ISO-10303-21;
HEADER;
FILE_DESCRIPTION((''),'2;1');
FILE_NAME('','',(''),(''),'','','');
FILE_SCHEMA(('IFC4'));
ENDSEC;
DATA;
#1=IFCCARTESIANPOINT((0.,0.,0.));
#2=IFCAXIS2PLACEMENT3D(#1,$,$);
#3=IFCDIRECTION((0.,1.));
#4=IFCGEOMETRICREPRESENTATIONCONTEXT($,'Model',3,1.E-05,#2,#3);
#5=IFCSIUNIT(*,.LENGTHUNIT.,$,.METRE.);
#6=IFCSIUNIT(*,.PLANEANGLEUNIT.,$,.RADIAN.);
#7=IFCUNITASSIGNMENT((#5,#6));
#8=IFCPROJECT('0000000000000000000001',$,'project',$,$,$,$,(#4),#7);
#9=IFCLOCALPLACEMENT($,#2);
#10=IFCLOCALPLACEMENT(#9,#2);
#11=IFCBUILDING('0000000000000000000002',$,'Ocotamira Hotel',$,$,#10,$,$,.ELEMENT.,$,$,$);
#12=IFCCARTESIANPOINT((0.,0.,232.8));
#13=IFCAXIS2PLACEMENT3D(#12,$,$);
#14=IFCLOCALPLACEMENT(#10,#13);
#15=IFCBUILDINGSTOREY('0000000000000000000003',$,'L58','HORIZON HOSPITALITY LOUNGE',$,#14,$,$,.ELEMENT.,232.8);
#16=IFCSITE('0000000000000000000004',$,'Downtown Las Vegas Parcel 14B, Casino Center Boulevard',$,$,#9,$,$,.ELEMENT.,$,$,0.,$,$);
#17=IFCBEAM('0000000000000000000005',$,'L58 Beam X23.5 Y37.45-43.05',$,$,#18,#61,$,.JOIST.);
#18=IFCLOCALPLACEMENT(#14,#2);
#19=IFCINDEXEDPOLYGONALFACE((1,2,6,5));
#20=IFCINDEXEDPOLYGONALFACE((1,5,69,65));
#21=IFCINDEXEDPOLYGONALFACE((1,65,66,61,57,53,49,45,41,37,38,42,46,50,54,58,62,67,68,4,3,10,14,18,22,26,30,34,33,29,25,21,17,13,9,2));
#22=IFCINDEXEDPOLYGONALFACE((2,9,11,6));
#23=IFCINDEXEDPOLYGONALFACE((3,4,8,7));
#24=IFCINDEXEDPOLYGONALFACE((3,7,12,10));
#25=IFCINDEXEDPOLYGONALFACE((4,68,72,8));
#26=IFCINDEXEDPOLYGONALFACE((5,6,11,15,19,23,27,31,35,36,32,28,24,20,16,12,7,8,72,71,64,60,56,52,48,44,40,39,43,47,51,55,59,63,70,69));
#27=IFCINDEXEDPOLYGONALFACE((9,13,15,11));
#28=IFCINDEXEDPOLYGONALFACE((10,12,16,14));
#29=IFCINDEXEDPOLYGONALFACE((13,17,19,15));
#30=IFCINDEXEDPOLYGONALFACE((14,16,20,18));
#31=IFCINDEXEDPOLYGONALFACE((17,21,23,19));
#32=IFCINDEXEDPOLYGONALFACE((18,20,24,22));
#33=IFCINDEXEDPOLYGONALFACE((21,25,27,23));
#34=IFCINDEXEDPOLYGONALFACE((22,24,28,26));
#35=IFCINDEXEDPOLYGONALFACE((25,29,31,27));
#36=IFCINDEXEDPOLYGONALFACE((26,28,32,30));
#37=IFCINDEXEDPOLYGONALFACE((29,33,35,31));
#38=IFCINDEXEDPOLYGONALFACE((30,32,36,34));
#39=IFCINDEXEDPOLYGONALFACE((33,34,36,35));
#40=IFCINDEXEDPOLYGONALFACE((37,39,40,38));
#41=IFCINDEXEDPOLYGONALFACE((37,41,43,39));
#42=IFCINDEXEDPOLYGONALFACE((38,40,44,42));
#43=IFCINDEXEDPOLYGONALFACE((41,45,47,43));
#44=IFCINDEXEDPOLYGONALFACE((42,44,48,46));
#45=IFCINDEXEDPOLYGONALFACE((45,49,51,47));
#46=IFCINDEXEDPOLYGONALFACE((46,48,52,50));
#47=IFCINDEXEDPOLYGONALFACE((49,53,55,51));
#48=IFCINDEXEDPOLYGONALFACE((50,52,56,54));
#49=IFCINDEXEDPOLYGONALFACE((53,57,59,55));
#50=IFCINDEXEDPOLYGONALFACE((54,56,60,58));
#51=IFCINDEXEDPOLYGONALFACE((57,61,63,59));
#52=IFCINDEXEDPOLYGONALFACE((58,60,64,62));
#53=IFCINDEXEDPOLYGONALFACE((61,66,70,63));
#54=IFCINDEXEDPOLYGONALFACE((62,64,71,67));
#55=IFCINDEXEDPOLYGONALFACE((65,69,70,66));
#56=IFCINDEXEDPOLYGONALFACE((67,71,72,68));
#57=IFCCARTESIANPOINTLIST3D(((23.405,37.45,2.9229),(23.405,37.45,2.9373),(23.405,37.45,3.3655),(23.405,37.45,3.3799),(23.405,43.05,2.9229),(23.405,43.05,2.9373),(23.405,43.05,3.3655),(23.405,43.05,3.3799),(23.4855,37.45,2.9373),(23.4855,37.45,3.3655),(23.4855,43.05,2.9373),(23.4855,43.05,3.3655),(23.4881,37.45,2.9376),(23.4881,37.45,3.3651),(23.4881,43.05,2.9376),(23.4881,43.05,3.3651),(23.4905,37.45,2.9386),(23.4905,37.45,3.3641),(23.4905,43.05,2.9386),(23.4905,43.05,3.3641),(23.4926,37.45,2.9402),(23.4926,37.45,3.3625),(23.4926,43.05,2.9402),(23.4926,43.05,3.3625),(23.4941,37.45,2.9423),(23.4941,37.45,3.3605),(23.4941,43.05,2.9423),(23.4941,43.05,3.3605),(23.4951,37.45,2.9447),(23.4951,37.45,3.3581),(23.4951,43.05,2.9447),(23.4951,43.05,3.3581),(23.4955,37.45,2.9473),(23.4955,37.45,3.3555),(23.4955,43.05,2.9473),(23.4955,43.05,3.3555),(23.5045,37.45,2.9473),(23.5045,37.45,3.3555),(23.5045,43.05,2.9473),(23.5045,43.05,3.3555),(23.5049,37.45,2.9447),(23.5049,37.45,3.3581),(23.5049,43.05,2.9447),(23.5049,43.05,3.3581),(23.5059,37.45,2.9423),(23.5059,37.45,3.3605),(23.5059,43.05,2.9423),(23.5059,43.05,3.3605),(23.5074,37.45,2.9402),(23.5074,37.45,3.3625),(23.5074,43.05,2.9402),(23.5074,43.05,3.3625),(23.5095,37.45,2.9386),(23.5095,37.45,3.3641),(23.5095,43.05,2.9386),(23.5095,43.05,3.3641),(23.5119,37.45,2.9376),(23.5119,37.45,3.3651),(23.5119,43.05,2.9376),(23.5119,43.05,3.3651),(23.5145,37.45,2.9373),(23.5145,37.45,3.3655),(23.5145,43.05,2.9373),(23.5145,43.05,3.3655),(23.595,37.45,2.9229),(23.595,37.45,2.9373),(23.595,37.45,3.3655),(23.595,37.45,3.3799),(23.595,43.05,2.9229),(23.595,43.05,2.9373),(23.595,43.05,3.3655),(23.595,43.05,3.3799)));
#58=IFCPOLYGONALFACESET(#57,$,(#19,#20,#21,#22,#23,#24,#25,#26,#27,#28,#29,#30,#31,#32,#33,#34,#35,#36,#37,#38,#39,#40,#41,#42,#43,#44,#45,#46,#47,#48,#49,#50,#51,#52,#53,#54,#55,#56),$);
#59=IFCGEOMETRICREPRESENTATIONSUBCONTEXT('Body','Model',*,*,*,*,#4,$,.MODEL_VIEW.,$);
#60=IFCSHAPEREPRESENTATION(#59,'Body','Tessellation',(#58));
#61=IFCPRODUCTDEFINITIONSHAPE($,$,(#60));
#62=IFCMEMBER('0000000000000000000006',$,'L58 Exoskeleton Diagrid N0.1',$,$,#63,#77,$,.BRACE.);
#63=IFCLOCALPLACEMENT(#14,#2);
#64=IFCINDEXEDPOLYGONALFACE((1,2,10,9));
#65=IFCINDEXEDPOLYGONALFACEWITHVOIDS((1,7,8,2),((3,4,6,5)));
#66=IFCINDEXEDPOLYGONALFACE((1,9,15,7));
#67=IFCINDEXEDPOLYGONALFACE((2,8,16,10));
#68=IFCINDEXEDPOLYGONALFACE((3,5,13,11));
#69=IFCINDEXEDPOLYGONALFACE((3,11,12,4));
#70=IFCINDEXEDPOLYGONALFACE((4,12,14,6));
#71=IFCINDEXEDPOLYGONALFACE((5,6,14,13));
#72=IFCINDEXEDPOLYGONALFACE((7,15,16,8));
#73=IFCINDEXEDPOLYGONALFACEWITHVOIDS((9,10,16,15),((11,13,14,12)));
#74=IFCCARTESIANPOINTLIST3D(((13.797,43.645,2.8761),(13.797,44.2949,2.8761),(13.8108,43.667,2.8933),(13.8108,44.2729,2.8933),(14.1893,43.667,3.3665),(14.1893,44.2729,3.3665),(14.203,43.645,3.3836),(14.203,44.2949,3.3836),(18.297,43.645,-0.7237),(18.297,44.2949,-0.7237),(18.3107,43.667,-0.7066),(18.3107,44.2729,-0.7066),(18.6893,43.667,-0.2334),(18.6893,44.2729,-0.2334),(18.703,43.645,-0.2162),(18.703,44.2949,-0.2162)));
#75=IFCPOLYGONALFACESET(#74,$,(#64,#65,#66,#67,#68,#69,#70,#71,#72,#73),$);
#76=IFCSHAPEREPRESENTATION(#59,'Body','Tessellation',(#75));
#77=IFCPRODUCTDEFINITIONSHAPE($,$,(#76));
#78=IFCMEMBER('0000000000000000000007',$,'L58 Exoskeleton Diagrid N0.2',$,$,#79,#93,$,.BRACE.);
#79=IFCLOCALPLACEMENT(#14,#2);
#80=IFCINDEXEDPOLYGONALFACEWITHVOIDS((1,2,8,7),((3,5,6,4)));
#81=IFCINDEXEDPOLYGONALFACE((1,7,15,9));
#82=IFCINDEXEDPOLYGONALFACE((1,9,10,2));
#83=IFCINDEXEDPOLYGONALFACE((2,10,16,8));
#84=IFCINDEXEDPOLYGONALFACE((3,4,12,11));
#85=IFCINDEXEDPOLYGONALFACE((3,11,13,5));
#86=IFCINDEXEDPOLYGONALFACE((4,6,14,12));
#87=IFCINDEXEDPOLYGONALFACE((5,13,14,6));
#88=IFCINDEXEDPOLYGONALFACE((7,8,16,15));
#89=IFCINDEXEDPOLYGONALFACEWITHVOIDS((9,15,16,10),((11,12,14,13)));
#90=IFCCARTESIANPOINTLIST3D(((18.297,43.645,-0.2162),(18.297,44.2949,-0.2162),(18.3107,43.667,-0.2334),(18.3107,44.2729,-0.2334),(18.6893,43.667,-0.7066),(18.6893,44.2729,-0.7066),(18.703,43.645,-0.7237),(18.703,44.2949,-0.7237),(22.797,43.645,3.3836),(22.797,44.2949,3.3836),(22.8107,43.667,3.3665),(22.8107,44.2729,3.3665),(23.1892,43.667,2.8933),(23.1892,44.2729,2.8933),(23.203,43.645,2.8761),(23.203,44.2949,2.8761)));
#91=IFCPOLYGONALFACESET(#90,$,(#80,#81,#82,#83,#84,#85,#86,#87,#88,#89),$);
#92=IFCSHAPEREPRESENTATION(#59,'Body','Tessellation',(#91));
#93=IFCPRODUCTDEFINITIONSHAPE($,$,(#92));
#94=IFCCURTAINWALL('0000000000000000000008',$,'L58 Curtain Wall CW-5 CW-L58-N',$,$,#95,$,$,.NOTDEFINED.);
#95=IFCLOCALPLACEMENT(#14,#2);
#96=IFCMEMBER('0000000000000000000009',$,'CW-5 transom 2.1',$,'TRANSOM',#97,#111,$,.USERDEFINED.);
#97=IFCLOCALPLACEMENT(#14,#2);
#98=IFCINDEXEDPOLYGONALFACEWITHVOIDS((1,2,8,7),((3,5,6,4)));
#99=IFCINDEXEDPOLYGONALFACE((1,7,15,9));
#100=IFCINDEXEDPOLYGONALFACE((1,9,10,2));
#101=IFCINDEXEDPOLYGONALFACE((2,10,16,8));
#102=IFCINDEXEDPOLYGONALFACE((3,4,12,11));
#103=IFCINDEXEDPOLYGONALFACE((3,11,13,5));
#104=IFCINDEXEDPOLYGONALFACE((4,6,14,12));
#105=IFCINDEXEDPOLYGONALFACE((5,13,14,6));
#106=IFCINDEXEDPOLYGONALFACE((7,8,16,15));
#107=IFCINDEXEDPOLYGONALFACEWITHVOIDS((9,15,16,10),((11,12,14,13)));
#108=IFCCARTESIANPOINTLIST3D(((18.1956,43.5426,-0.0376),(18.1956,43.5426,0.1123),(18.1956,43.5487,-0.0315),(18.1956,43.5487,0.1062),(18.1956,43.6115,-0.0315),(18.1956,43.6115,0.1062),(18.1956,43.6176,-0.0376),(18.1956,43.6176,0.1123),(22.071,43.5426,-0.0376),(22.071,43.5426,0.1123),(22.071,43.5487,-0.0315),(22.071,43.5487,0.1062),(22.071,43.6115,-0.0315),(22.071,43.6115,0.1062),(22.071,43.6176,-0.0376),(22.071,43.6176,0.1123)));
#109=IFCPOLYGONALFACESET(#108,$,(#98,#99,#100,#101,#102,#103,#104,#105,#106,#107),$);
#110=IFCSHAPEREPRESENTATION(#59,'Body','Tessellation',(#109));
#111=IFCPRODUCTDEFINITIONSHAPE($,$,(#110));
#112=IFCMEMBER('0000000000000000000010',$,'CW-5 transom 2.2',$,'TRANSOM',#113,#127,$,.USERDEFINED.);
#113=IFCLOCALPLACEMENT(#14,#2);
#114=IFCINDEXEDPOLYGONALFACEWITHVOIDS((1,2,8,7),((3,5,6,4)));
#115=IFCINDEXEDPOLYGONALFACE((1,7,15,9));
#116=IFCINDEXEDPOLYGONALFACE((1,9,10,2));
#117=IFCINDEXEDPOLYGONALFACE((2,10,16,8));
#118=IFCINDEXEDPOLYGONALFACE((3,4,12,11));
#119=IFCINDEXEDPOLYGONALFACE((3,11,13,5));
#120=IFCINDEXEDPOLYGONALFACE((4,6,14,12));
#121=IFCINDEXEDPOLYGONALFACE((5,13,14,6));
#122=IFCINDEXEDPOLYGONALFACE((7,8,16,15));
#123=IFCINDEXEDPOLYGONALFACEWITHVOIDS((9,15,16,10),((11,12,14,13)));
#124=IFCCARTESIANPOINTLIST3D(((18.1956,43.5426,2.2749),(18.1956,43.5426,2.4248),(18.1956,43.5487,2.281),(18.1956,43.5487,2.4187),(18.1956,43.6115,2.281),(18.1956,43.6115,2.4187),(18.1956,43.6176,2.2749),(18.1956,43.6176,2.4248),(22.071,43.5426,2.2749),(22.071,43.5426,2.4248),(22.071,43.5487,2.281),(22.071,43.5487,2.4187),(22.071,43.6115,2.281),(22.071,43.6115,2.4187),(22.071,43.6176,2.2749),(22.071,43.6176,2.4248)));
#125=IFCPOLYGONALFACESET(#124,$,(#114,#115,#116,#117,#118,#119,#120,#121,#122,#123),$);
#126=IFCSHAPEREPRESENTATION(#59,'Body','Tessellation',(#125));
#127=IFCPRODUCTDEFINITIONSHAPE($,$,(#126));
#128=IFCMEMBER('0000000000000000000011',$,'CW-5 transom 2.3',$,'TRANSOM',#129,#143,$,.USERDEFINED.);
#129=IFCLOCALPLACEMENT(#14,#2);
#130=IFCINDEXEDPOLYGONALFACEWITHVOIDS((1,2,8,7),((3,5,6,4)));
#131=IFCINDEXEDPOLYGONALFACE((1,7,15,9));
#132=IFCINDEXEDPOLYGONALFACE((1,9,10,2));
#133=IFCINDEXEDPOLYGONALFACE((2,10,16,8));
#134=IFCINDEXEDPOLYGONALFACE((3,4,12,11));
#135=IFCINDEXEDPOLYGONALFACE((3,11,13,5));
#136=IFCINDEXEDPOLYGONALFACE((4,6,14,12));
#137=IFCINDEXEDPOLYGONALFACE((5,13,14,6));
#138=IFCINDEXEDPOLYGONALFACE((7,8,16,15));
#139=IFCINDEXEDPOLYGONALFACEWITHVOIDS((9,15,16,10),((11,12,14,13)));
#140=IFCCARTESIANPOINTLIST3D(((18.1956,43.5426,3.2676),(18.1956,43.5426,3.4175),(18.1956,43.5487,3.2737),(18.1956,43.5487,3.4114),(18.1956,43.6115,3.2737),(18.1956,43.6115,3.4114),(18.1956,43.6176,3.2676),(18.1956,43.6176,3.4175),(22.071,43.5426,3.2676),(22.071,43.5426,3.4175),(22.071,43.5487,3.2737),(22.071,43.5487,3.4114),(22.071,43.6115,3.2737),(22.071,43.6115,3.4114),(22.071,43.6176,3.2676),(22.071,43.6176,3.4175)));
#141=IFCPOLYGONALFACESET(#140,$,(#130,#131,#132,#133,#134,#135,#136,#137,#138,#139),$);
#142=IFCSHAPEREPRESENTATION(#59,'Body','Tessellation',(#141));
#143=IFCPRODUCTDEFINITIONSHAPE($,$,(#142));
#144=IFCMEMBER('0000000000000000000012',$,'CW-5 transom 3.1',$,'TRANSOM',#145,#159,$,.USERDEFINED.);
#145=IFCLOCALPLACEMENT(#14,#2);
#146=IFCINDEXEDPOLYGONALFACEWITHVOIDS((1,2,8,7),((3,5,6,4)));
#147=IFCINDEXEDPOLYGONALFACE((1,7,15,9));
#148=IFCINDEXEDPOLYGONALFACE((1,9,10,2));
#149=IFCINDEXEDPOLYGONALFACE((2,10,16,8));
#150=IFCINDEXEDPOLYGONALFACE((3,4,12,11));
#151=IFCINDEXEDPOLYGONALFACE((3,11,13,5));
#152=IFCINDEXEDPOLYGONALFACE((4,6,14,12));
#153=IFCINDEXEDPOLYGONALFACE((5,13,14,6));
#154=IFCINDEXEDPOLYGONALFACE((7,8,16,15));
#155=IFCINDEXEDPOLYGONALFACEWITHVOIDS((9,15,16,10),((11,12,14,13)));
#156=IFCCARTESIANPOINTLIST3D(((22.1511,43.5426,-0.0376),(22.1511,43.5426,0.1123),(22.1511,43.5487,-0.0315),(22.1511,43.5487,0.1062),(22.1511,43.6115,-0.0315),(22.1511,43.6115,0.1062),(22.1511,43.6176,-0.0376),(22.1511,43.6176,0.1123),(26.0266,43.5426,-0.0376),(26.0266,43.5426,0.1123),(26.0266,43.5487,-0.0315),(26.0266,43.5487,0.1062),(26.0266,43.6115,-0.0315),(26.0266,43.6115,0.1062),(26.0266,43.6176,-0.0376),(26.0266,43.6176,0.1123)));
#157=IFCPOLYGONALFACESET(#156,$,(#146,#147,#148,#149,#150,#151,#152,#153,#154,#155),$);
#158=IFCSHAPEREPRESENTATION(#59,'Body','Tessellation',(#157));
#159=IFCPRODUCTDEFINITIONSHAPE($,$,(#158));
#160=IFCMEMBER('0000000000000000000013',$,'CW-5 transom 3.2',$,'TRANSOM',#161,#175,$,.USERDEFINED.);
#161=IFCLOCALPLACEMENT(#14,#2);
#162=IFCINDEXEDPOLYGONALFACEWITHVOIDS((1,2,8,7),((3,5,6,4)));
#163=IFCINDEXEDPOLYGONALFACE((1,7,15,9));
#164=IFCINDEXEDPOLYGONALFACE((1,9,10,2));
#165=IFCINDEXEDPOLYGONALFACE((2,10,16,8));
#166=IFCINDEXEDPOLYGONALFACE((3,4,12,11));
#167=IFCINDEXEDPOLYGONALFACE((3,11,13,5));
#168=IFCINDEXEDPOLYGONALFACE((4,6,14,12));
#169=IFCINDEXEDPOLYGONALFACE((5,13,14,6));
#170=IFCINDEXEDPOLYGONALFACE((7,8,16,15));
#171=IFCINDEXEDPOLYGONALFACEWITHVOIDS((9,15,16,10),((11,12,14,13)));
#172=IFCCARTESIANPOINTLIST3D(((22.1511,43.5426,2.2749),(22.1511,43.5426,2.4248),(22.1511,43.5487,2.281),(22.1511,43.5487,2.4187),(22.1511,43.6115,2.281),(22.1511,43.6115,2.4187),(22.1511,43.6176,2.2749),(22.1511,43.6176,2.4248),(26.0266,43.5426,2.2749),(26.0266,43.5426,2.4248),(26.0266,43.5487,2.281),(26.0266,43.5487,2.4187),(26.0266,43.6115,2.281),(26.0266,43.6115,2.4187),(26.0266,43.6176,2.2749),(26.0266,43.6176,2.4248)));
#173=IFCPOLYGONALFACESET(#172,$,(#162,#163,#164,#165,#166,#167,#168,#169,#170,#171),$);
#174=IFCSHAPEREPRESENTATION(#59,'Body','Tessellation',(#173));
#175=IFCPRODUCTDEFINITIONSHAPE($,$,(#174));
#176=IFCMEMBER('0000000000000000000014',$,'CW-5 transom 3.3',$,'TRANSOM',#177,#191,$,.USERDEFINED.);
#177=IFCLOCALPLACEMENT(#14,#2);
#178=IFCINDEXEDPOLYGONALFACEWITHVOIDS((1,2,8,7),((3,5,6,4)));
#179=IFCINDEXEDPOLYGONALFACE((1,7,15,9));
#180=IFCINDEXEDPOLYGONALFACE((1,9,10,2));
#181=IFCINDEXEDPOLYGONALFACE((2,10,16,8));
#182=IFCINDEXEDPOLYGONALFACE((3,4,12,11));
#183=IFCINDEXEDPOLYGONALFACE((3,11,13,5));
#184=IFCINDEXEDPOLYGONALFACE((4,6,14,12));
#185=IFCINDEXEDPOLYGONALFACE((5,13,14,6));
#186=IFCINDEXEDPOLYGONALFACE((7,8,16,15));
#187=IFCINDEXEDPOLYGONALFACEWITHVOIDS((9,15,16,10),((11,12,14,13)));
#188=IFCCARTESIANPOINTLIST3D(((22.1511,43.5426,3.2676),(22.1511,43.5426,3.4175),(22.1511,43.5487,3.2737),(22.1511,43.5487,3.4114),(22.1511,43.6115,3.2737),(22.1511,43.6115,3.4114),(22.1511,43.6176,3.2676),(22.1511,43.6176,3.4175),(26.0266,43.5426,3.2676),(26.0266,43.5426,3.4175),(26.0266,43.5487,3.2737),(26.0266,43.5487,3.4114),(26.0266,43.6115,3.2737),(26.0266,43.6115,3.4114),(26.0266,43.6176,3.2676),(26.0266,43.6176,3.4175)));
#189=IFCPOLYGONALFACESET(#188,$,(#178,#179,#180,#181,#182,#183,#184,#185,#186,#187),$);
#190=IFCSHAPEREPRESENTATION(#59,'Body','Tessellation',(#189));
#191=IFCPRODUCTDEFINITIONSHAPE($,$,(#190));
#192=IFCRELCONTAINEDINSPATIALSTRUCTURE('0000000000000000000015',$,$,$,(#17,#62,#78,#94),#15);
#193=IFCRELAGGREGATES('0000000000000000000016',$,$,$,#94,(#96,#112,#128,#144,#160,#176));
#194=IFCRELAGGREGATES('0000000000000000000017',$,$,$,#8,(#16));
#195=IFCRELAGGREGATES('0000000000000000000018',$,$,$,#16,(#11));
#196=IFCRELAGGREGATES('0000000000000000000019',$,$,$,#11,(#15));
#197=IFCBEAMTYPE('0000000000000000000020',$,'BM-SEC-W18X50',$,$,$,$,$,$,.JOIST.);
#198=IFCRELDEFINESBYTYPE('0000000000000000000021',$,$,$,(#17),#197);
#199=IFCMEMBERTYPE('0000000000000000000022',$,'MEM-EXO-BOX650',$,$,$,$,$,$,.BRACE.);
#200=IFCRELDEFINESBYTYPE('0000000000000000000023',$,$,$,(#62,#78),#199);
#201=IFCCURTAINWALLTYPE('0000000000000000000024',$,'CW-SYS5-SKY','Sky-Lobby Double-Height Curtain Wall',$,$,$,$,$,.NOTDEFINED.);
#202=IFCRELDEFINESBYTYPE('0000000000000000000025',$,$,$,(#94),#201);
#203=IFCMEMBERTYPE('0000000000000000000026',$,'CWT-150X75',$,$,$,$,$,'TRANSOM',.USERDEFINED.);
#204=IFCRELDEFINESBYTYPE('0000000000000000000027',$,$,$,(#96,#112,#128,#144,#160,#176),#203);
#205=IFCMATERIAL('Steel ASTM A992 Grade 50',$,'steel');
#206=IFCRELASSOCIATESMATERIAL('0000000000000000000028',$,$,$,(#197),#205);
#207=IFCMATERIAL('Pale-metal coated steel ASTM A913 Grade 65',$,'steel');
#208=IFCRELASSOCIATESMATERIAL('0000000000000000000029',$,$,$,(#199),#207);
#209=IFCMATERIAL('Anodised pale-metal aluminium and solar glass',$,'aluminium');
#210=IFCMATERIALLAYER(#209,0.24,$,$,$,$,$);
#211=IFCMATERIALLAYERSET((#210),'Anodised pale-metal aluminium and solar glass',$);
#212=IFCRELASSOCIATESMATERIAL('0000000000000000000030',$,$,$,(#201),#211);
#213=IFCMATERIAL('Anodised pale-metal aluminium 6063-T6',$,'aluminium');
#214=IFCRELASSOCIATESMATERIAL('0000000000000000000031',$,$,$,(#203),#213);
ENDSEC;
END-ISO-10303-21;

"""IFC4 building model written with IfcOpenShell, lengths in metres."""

from ifc_helpers import new_model, si_unit, direction, frame, origin, origin_2d, place, context, subcontext, project, spatial, hollow_rectangle, i_section, extrude, source, transform, mapped, material, layer, layer_set, material_profile, profile_set, type_object, element, aggregate, save


model = new_model("IFC4")

# Units and contexts
model_context = context("Model", 3, precision=1e-05, world=origin(), true_north=direction((0.0, 1.0)))
body_context = subcontext(model_context, "Body", "Model", "MODEL_VIEW")
ifc_project = project(units=[si_unit("LENGTHUNIT", "METRE"), si_unit("PLANEANGLEUNIT", "RADIAN")], contexts=[model_context])

# Site, building, storey
site_placement = place(None, origin())
site = spatial("IfcSite", under=ifc_project, at=site_placement, Name="Downtown Las Vegas Parcel 14B, Casino Center Boulevard", CompositionType="ELEMENT", RefElevation=0.0)
building_placement = place(site_placement, origin())
building = spatial("IfcBuilding", under=site, at=building_placement, Name="Ocotamira Hotel", CompositionType="ELEMENT")
storey_placement = place(building_placement, frame((0.0, 0.0, 232.8)))
storey = spatial("IfcBuildingStorey", under=building, at=storey_placement, Name="L58", Description="HORIZON HOSPITALITY LOUNGE", CompositionType="ELEMENT", Elevation=232.8)

# Shared definitions
ifc_material_1 = material(Name="Steel ASTM A992 Grade 50", Category="steel")

# Beam
ifc_material_profile_1 = material_profile(ifc_material_1, i_section(OverallWidth=0.1899, OverallDepth=0.457, WebThickness=0.009, FlangeThickness=0.0144, FilletRadius=0.01, at=origin_2d()), Name="W18X50")
ifc_profile_set_1 = profile_set([ifc_material_profile_1], Name="Steel ASTM A992 Grade 50")
beam_type_1 = type_object("IfcBeamType", Name="BM-SEC-W18X50", PredefinedType="JOIST", material=ifc_profile_set_1)
shared_shape_1 = source(origin(), body_context, "Body", "SweptSolid", [
    extrude(i_section(OverallWidth=0.1899, OverallDepth=0.457, WebThickness=0.009, FlangeThickness=0.0144, FilletRadius=0.01, at=origin_2d()), origin(), (0.0, 0.0, 1.0), 5.6001),
])
beam_1_placement = place(storey_placement, frame((23.5, 37.45, 3.1514), z_axis=(0.0, 1.0, 0.0), x_axis=(-1.0, 0.0, 0.0)))
element("IfcBeam", 1, at=beam_1_placement, inside=storey, type_object=beam_type_1, Name="L58 Beam X23.5 Y37.45-43.05", PredefinedType="JOIST", context=body_context, shape_type="MappedRepresentation", body=[
    mapped(shared_shape_1, transform((0.0, 0.0, 0.0), scale=1.0)),
])

# Members
ifc_material_2 = material(Name="Pale-metal coated steel ASTM A913 Grade 65", Category="steel")
ifc_material_profile_2 = material_profile(ifc_material_2, hollow_rectangle(XDim=0.6499, YDim=0.6499, WallThickness=0.022, at=origin_2d()), Name="BOX650X650X22")
ifc_profile_set_2 = profile_set([ifc_material_profile_2], Name="Pale-metal coated steel ASTM A913 Grade 65")
member_type_1 = type_object("IfcMemberType", Name="MEM-EXO-BOX650", PredefinedType="BRACE", material=ifc_profile_set_2)
shared_shape_2 = source(origin(), body_context, "Body", "SweptSolid", [
    extrude(hollow_rectangle(XDim=0.6499, YDim=0.6499, WallThickness=0.022, at=origin_2d()), origin(), (0.0, 0.0, 1.0), 5.7627),
])
for number, where, z_axis, x_axis, name in (
    (2, (18.5, 43.97, -0.47), (-0.780881, 0.0, 0.62468), (0.0, -1.0, 0.0), "L58 Exoskeleton Diagrid N0.1"),
    (3, (18.5, 43.97, -0.47), (0.780881, 0.0, 0.62468), (0.0, 1.0, 0.0), "L58 Exoskeleton Diagrid N0.2"),
):
    element("IfcMember", number, at=place(storey_placement, frame(where, z_axis=z_axis, x_axis=x_axis)), inside=storey, type_object=member_type_1, Name=name, PredefinedType="BRACE", context=body_context, shape_type="MappedRepresentation", body=[
        mapped(shared_shape_2, transform((0.0, 0.0, 0.0), scale=1.0)),
    ])

# Curtain wall, members
ifc_material_3 = material(Name="Anodised pale-metal aluminium and solar glass", Category="aluminium")
ifc_layer_1 = layer(ifc_material_3, 0.24)
ifc_layer_set_1 = layer_set([ifc_layer_1], Name="Anodised pale-metal aluminium and solar glass")
curtain_wall_type = type_object("IfcCurtainWallType", Name="CW-SYS5-SKY", Description="Sky-Lobby Double-Height Curtain Wall", PredefinedType="NOTDEFINED", material=ifc_layer_set_1)
curtain_wall_placement = place(storey_placement, origin())
curtain_wall = element("IfcCurtainWall", 4, at=curtain_wall_placement, inside=storey, type_object=curtain_wall_type, Name="L58 Curtain Wall CW-5 CW-L58-N", PredefinedType="NOTDEFINED")
ifc_material_4 = material(Name="Anodised pale-metal aluminium 6063-T6", Category="aluminium")
ifc_material_profile_3 = material_profile(ifc_material_4, hollow_rectangle(XDim=0.075, YDim=0.1499, WallThickness=0.0061, at=origin_2d()), Name="HSS150X75X6")
ifc_profile_set_3 = profile_set([ifc_material_profile_3], Name="Anodised pale-metal aluminium 6063-T6")
member_type_2 = type_object("IfcMemberType", Name="CWT-150X75", ElementType="TRANSOM", PredefinedType="USERDEFINED", material=ifc_profile_set_3)
shared_shape_3 = source(origin(), body_context, "Body", "SweptSolid", [
    extrude(hollow_rectangle(XDim=0.075, YDim=0.1499, WallThickness=0.0061, at=origin_2d()), origin(), (0.0, 0.0, 1.0), 3.8755),
])
member_1_placement = place(storey_placement, frame((18.1956, 43.5801, 0.0374), z_axis=(1.0, 0.0, 0.0), x_axis=(0.0, 1.0, 0.0)))
member_1 = element("IfcMember", 5, at=member_1_placement, type_object=member_type_2, Name="CW-5 transom 2.1", ObjectType="TRANSOM", PredefinedType="USERDEFINED", context=body_context, shape_type="MappedRepresentation", body=[
    mapped(shared_shape_3, transform((0.0, 0.0, 0.0), scale=1.0)),
])
member_2_placement = place(storey_placement, frame((18.1956, 43.5801, 2.3499), z_axis=(1.0, 0.0, 0.0), x_axis=(0.0, 1.0, 0.0)))
member_2 = element("IfcMember", 6, at=member_2_placement, type_object=member_type_2, Name="CW-5 transom 2.2", ObjectType="TRANSOM", PredefinedType="USERDEFINED", context=body_context, shape_type="MappedRepresentation", body=[
    mapped(shared_shape_3, transform((0.0, 0.0, 0.0), scale=1.0)),
])
member_3_placement = place(storey_placement, frame((18.1956, 43.5801, 3.3425), z_axis=(1.0, 0.0, 0.0), x_axis=(0.0, 1.0, 0.0)))
member_3 = element("IfcMember", 7, at=member_3_placement, type_object=member_type_2, Name="CW-5 transom 2.3", ObjectType="TRANSOM", PredefinedType="USERDEFINED", context=body_context, shape_type="MappedRepresentation", body=[
    mapped(shared_shape_3, transform((0.0, 0.0, 0.0), scale=1.0)),
])
member_4_placement = place(storey_placement, frame((22.1511, 43.5801, 0.0374), z_axis=(1.0, 0.0, 0.0), x_axis=(0.0, 1.0, 0.0)))
member_4 = element("IfcMember", 8, at=member_4_placement, type_object=member_type_2, Name="CW-5 transom 3.1", ObjectType="TRANSOM", PredefinedType="USERDEFINED", context=body_context, shape_type="MappedRepresentation", body=[
    mapped(shared_shape_3, transform((0.0, 0.0, 0.0), scale=1.0)),
])
member_5_placement = place(storey_placement, frame((22.1511, 43.5801, 2.3499), z_axis=(1.0, 0.0, 0.0), x_axis=(0.0, 1.0, 0.0)))
member_5 = element("IfcMember", 9, at=member_5_placement, type_object=member_type_2, Name="CW-5 transom 3.2", ObjectType="TRANSOM", PredefinedType="USERDEFINED", context=body_context, shape_type="MappedRepresentation", body=[
    mapped(shared_shape_3, transform((0.0, 0.0, 0.0), scale=1.0)),
])
member_6_placement = place(storey_placement, frame((22.1511, 43.5801, 3.3425), z_axis=(1.0, 0.0, 0.0), x_axis=(0.0, 1.0, 0.0)))
member_6 = element("IfcMember", 10, at=member_6_placement, type_object=member_type_2, Name="CW-5 transom 3.3", ObjectType="TRANSOM", PredefinedType="USERDEFINED", context=body_context, shape_type="MappedRepresentation", body=[
    mapped(shared_shape_3, transform((0.0, 0.0, 0.0), scale=1.0)),
])

aggregate(curtain_wall, [member_1, member_2, member_3, member_4, member_5, member_6])

save(model, "model.ifc")
